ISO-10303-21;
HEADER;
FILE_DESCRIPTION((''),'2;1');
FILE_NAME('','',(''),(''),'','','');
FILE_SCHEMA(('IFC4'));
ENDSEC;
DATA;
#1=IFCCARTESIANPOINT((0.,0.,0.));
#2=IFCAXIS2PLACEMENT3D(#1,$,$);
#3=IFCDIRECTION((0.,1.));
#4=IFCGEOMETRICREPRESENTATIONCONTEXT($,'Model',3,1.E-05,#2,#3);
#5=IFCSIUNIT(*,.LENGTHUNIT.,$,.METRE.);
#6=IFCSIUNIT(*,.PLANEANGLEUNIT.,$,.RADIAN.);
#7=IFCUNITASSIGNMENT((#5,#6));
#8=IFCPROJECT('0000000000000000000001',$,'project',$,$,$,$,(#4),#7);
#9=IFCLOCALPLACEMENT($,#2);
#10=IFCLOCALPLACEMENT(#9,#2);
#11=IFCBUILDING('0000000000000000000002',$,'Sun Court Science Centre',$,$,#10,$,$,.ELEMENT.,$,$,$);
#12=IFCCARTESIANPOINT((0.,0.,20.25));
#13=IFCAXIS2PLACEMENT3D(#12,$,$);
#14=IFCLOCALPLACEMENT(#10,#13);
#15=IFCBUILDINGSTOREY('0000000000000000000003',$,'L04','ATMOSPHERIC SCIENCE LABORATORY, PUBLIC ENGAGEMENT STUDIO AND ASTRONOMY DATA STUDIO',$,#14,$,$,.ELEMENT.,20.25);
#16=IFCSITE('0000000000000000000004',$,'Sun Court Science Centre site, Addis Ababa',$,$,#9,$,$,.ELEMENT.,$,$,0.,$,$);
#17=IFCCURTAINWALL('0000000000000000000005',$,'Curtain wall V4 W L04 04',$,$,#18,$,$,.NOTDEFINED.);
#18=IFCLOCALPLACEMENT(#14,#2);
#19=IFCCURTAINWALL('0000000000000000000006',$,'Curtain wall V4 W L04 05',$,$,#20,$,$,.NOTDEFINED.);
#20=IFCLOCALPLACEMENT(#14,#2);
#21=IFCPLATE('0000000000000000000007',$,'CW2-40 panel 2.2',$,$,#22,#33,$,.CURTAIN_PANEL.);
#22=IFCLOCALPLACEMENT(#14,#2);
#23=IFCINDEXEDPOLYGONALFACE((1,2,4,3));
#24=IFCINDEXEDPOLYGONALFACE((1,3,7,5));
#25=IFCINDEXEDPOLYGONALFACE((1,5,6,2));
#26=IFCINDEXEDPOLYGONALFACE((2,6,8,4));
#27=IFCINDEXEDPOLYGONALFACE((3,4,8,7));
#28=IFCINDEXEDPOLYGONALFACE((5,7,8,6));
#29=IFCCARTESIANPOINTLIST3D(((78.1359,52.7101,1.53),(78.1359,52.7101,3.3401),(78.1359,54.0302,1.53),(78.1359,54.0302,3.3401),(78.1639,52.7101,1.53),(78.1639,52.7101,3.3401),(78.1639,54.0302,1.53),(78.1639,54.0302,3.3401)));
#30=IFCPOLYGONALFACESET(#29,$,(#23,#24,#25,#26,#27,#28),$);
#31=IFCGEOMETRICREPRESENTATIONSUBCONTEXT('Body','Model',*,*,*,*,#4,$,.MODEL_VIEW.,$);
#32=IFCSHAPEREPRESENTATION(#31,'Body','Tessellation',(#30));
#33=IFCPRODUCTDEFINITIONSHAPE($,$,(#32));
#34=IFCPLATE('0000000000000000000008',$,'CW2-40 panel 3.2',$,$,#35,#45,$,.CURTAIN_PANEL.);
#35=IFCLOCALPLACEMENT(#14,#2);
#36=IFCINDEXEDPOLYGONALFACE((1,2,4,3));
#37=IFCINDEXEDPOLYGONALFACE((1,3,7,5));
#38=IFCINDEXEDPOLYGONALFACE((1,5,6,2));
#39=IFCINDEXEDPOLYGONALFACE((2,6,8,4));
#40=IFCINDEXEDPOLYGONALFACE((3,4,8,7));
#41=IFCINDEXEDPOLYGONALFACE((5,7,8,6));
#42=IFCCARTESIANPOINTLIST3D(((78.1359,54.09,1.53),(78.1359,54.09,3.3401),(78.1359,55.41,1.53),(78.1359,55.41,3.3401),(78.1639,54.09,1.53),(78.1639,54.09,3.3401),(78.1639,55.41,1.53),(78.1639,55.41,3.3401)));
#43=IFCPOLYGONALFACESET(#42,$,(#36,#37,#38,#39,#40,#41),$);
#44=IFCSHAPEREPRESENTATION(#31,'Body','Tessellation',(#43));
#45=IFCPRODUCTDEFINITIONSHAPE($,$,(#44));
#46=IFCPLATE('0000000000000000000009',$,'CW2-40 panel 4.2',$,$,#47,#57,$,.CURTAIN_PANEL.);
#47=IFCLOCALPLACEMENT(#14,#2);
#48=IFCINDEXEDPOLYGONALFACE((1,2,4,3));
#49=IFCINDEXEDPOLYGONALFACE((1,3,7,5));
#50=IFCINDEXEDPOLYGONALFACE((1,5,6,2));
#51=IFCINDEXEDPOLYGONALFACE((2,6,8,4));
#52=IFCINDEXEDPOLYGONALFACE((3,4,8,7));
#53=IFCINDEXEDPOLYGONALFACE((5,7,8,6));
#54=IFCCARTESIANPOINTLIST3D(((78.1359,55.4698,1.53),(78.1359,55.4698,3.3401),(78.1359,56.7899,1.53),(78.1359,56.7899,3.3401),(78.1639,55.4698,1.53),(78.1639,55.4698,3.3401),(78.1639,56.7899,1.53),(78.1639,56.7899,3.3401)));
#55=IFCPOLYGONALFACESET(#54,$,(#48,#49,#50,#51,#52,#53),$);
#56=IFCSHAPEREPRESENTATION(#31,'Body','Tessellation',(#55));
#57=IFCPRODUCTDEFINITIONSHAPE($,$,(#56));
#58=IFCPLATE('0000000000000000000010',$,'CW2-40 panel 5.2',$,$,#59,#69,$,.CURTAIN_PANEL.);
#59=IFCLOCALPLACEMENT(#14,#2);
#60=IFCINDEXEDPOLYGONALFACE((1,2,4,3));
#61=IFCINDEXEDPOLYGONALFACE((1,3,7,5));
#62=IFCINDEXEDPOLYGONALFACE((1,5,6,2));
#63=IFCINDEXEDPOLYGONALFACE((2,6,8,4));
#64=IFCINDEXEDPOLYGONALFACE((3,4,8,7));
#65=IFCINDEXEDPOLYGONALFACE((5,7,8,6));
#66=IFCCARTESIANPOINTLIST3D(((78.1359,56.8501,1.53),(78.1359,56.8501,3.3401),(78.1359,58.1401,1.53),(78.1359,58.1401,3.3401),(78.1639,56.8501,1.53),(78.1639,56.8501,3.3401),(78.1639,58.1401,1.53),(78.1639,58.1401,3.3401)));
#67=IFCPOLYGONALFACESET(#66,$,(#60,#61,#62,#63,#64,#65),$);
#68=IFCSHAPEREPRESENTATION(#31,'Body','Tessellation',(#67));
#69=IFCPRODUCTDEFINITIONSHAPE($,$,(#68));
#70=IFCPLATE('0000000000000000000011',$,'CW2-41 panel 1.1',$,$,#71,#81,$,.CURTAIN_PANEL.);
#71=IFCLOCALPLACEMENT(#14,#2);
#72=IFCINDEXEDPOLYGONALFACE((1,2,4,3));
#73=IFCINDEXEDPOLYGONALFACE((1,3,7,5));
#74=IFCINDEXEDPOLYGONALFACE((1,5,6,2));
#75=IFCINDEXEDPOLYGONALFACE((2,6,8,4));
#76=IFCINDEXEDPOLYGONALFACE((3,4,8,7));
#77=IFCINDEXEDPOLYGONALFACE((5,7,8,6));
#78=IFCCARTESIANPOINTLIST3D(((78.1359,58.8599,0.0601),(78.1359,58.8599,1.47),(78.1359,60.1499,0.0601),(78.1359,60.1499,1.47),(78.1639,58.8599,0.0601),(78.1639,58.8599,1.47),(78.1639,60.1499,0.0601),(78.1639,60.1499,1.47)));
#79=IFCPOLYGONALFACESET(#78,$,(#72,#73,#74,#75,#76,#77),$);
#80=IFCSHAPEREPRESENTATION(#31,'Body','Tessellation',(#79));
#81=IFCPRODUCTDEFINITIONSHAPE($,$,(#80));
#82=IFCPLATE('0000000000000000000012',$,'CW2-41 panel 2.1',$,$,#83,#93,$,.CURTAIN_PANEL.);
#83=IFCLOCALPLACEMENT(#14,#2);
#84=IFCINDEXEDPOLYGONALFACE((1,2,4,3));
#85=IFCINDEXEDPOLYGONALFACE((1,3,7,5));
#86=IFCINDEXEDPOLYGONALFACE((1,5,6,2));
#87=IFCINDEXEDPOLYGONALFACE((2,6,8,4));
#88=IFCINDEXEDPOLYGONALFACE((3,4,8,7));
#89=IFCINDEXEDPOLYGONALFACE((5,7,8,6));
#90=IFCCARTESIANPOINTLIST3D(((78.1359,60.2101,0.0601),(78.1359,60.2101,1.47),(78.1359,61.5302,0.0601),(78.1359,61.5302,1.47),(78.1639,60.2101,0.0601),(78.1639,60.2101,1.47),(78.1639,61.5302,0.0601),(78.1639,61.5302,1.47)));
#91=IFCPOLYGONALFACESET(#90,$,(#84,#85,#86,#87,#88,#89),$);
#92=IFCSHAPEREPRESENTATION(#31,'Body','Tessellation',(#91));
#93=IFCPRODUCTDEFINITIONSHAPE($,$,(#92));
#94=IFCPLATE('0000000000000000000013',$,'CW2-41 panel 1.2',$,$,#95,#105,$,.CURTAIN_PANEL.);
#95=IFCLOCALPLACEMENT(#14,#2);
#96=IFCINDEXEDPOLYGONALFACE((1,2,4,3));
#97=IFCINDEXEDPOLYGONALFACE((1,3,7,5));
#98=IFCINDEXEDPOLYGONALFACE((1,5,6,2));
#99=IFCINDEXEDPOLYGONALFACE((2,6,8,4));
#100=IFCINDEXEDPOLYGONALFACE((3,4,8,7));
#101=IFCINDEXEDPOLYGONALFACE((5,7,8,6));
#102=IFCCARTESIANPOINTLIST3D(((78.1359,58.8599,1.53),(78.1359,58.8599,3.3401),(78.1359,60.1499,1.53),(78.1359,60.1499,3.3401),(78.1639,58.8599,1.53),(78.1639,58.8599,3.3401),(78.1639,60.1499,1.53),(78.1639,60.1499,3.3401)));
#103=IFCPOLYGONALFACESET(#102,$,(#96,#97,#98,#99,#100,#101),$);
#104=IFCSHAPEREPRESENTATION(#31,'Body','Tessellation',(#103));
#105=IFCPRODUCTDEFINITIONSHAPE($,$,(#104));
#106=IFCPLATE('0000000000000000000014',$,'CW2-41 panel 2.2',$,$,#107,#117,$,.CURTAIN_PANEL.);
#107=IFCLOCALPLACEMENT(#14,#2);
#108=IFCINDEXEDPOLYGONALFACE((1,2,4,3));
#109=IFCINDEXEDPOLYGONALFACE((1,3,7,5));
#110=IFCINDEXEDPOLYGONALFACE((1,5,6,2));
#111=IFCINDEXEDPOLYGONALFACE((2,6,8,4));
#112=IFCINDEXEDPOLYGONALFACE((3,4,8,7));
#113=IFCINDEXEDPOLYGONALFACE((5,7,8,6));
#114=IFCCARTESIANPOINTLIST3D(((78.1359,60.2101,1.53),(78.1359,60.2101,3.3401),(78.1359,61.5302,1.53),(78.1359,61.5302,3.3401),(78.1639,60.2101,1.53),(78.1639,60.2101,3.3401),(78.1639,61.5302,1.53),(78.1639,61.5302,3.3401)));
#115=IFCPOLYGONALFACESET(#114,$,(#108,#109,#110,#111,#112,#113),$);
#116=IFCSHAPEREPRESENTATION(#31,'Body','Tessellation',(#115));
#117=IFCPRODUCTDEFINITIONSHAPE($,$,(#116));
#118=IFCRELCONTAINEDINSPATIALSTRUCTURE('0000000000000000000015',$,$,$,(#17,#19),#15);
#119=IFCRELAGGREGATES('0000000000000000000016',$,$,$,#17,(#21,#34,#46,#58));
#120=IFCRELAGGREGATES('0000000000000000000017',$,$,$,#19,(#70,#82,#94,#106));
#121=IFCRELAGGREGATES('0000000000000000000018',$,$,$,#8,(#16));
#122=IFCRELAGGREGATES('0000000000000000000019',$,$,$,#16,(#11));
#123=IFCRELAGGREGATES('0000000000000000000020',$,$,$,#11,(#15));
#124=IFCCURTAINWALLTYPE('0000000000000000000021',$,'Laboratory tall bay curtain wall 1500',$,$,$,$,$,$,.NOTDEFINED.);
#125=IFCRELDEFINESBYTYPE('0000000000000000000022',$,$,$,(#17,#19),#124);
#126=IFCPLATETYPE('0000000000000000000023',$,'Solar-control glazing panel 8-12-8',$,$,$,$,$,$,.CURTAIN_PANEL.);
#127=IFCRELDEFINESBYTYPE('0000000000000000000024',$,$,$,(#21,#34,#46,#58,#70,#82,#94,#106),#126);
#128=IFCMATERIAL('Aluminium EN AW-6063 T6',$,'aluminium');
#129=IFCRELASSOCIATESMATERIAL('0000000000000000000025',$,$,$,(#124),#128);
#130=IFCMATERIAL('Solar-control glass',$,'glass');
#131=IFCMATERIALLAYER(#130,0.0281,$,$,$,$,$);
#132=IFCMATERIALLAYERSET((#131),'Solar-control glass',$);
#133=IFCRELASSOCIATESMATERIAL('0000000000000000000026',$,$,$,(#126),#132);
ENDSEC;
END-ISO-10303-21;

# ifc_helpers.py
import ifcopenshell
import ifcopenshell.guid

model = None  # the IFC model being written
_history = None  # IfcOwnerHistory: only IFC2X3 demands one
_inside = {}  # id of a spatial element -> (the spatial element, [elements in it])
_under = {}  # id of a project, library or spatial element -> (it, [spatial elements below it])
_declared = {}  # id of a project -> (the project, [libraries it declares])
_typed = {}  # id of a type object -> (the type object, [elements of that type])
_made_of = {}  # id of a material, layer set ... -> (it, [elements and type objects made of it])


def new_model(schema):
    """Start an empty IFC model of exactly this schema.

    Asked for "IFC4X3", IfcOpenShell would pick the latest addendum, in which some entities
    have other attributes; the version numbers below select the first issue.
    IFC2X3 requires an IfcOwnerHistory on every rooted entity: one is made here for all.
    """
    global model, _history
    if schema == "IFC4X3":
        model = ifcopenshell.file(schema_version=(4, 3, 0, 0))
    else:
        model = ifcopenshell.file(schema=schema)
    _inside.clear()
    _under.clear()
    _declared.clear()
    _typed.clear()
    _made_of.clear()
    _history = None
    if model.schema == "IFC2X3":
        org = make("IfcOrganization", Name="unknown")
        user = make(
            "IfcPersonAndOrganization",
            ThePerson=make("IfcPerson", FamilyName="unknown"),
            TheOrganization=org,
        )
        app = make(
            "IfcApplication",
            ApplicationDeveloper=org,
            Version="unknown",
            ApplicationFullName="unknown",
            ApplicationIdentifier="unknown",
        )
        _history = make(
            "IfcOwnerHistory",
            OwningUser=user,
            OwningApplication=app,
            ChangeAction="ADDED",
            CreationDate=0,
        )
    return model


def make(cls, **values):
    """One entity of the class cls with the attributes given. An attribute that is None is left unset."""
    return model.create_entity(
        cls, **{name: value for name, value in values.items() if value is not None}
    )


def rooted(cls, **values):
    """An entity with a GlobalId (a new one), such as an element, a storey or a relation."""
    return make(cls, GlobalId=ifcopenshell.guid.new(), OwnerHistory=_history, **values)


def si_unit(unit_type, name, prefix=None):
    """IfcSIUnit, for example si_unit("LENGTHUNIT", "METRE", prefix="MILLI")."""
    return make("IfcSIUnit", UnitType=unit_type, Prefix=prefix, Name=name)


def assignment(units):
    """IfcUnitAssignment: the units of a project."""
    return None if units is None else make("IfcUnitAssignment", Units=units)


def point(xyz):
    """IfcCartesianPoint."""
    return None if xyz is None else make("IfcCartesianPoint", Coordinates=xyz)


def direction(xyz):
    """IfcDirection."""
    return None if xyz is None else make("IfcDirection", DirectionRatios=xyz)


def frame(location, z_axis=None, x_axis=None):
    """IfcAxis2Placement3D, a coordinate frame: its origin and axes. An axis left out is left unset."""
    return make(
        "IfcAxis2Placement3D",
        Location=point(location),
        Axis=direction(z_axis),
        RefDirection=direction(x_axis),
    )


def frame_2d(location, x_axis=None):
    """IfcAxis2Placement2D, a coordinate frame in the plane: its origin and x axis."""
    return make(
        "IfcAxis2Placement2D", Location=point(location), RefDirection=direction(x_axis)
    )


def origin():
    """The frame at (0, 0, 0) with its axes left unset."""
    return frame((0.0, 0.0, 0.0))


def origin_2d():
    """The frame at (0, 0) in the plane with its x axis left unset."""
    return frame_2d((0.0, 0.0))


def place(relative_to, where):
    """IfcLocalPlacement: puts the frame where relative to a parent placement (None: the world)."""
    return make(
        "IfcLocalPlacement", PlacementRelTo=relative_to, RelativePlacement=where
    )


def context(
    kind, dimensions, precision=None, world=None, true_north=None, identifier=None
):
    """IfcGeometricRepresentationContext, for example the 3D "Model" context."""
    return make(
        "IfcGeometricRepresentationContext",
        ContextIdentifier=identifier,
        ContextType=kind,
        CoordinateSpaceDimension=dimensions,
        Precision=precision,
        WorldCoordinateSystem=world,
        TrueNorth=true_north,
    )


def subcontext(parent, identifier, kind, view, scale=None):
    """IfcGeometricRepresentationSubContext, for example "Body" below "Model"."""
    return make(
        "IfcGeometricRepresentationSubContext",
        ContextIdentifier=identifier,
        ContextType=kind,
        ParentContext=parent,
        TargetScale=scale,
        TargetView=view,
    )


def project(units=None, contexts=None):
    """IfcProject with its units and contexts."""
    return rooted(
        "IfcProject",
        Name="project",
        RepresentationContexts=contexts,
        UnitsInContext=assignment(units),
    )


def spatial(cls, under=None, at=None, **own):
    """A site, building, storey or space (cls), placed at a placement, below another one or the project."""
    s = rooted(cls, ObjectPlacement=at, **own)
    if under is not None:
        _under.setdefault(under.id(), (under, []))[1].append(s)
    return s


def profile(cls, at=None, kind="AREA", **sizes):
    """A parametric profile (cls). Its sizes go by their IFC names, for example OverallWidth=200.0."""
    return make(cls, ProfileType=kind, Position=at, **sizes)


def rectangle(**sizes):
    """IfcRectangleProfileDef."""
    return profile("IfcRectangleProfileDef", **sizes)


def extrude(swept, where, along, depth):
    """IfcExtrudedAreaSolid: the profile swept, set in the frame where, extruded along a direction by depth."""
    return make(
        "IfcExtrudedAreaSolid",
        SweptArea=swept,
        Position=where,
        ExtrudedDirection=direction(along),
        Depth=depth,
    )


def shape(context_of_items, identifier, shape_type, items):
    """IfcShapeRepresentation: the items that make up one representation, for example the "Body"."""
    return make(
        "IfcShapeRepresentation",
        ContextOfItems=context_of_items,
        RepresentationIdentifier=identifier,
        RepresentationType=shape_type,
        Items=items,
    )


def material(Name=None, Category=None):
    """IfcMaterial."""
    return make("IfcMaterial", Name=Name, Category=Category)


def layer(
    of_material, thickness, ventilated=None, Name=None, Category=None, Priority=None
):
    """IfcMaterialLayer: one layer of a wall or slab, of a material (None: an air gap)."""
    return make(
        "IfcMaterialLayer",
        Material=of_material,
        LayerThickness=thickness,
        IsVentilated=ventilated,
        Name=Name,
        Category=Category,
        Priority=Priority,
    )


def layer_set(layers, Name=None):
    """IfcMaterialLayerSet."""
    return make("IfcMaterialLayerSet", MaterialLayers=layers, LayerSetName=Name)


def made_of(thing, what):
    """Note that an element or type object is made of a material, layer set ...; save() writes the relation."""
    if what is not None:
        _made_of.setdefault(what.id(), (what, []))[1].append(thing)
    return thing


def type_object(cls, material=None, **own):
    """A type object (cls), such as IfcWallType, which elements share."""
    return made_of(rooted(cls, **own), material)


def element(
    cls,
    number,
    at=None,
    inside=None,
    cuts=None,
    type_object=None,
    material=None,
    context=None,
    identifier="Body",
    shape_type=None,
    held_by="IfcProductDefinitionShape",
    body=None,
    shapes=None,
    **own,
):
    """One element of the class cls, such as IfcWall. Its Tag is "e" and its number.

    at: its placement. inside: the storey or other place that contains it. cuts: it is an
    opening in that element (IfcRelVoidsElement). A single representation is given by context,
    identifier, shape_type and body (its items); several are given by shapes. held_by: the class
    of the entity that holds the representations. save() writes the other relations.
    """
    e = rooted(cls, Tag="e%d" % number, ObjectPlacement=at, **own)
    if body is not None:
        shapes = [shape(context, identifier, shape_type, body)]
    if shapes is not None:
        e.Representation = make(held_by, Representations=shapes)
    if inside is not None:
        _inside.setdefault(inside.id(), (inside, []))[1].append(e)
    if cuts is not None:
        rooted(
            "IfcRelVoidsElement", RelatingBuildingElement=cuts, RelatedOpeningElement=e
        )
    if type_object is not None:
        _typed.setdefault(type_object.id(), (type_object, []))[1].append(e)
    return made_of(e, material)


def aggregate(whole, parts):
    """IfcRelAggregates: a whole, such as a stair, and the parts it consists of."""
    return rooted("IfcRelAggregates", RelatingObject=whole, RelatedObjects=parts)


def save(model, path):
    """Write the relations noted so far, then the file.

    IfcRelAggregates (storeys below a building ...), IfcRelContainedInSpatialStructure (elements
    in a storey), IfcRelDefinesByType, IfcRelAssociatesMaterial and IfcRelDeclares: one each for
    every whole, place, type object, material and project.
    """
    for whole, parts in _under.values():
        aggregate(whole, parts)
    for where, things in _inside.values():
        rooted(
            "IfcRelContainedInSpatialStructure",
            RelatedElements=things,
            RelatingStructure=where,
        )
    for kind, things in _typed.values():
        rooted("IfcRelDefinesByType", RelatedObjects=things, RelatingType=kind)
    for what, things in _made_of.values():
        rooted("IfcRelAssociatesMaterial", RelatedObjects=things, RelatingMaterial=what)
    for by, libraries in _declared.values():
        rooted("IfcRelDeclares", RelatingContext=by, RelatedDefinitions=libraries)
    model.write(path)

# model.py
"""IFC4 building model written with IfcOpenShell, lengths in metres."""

from ifc_helpers import new_model, si_unit, direction, frame, origin, origin_2d, place, context, subcontext, project, spatial, rectangle, extrude, material, layer, layer_set, type_object, element, aggregate, save


model = new_model("IFC4")

# Units and contexts
model_context = context("Model", 3, precision=1e-05, world=origin(), true_north=direction((0.0, 1.0)))
body_context = subcontext(model_context, "Body", "Model", "MODEL_VIEW")
ifc_project = project(units=[si_unit("LENGTHUNIT", "METRE"), si_unit("PLANEANGLEUNIT", "RADIAN")], contexts=[model_context])

# Site, building, storey
site_placement = place(None, origin())
site = spatial("IfcSite", under=ifc_project, at=site_placement, Name="Sun Court Science Centre site, Addis Ababa", CompositionType="ELEMENT", RefElevation=0.0)
building_placement = place(site_placement, origin())
building = spatial("IfcBuilding", under=site, at=building_placement, Name="Sun Court Science Centre", CompositionType="ELEMENT")
storey_placement = place(building_placement, frame((0.0, 0.0, 20.25)))
storey = spatial("IfcBuildingStorey", under=building, at=storey_placement, Name="L04", Description="ATMOSPHERIC SCIENCE LABORATORY, PUBLIC ENGAGEMENT STUDIO AND ASTRONOMY DATA STUDIO", CompositionType="ELEMENT", Elevation=20.25)

# Curtain walls
ifc_material_1 = material(Name="Aluminium EN AW-6063 T6", Category="aluminium")
curtain_wall_type = type_object("IfcCurtainWallType", Name="Laboratory tall bay curtain wall 1500", PredefinedType="NOTDEFINED", material=ifc_material_1)
curtain_wall_1_placement = place(storey_placement, origin())
curtain_wall_1 = element("IfcCurtainWall", 1, at=curtain_wall_1_placement, inside=storey, type_object=curtain_wall_type, Name="Curtain wall V4 W L04 04", PredefinedType="NOTDEFINED")
curtain_wall_2_placement = place(storey_placement, origin())
curtain_wall_2 = element("IfcCurtainWall", 2, at=curtain_wall_2_placement, inside=storey, type_object=curtain_wall_type, Name="Curtain wall V4 W L04 05", PredefinedType="NOTDEFINED")

# Plates
ifc_material_2 = material(Name="Solar-control glass", Category="glass")
ifc_layer = layer(ifc_material_2, 0.0281)
ifc_layer_set = layer_set([ifc_layer], Name="Solar-control glass")
plate_type = type_object("IfcPlateType", Name="Solar-control glazing panel 8-12-8", PredefinedType="CURTAIN_PANEL", material=ifc_layer_set)
plate_1_placement = place(storey_placement, frame((78.1499, 53.3701, 1.53), z_axis=(0.0, 0.0, 1.0), x_axis=(0.0, 1.0, 0.0)))
plate_1 = element("IfcPlate", 3, at=plate_1_placement, type_object=plate_type, Name="CW2-40 panel 2.2", PredefinedType="CURTAIN_PANEL", context=body_context, shape_type="SweptSolid", body=[
    extrude(rectangle(XDim=1.3201, YDim=0.0281, at=origin_2d()), origin(), (0.0, 0.0, 1.0), 1.8101),
])
plate_2_placement = place(storey_placement, frame((78.1499, 54.75, 1.53), z_axis=(0.0, 0.0, 1.0), x_axis=(0.0, 1.0, 0.0)))
plate_2 = element("IfcPlate", 4, at=plate_2_placement, type_object=plate_type, Name="CW2-40 panel 3.2", PredefinedType="CURTAIN_PANEL", context=body_context, shape_type="SweptSolid", body=[
    extrude(rectangle(XDim=1.3201, YDim=0.0281, at=origin_2d()), origin(), (0.0, 0.0, 1.0), 1.8101),
])
plate_3_placement = place(storey_placement, frame((78.1499, 56.1299, 1.53), z_axis=(0.0, 0.0, 1.0), x_axis=(0.0, 1.0, 0.0)))
plate_3 = element("IfcPlate", 5, at=plate_3_placement, type_object=plate_type, Name="CW2-40 panel 4.2", PredefinedType="CURTAIN_PANEL", context=body_context, shape_type="SweptSolid", body=[
    extrude(rectangle(XDim=1.3201, YDim=0.0281, at=origin_2d()), origin(), (0.0, 0.0, 1.0), 1.8101),
])
plate_4_placement = place(storey_placement, frame((78.1499, 57.4951, 1.53), z_axis=(0.0, 0.0, 1.0), x_axis=(0.0, 1.0, 0.0)))
plate_4 = element("IfcPlate", 6, at=plate_4_placement, type_object=plate_type, Name="CW2-40 panel 5.2", PredefinedType="CURTAIN_PANEL", context=body_context, shape_type="SweptSolid", body=[
    extrude(rectangle(XDim=1.29, YDim=0.0281, at=origin_2d()), origin(), (0.0, 0.0, 1.0), 1.8101),
])
aggregate(curtain_wall_1, [plate_1, plate_2, plate_3, plate_4])
plate_5_placement = place(storey_placement, frame((78.1499, 59.5049, 0.0601), z_axis=(0.0, 0.0, 1.0), x_axis=(0.0, 1.0, 0.0)))
plate_5 = element("IfcPlate", 7, at=plate_5_placement, type_object=plate_type, Name="CW2-41 panel 1.1", PredefinedType="CURTAIN_PANEL", context=body_context, shape_type="SweptSolid", body=[
    extrude(rectangle(XDim=1.29, YDim=0.0281, at=origin_2d()), origin(), (0.0, 0.0, 1.0), 1.4099),
])
plate_6_placement = place(storey_placement, frame((78.1499, 60.8701, 0.0601), z_axis=(0.0, 0.0, 1.0), x_axis=(0.0, 1.0, 0.0)))
plate_6 = element("IfcPlate", 8, at=plate_6_placement, type_object=plate_type, Name="CW2-41 panel 2.1", PredefinedType="CURTAIN_PANEL", context=body_context, shape_type="SweptSolid", body=[
    extrude(rectangle(XDim=1.3201, YDim=0.0281, at=origin_2d()), origin(), (0.0, 0.0, 1.0), 1.4099),
])
plate_7_placement = place(storey_placement, frame((78.1499, 59.5049, 1.53), z_axis=(0.0, 0.0, 1.0), x_axis=(0.0, 1.0, 0.0)))
plate_7 = element("IfcPlate", 9, at=plate_7_placement, type_object=plate_type, Name="CW2-41 panel 1.2", PredefinedType="CURTAIN_PANEL", context=body_context, shape_type="SweptSolid", body=[
    extrude(rectangle(XDim=1.29, YDim=0.0281, at=origin_2d()), origin(), (0.0, 0.0, 1.0), 1.8101),
])
plate_8_placement = place(storey_placement, frame((78.1499, 60.8701, 1.53), z_axis=(0.0, 0.0, 1.0), x_axis=(0.0, 1.0, 0.0)))
plate_8 = element("IfcPlate", 10, at=plate_8_placement, type_object=plate_type, Name="CW2-41 panel 2.2", PredefinedType="CURTAIN_PANEL", context=body_context, shape_type="SweptSolid", body=[
    extrude(rectangle(XDim=1.3201, YDim=0.0281, at=origin_2d()), origin(), (0.0, 0.0, 1.0), 1.8101),
])
aggregate(curtain_wall_2, [plate_5, plate_6, plate_7, plate_8])

save(model, "model.ifc")
